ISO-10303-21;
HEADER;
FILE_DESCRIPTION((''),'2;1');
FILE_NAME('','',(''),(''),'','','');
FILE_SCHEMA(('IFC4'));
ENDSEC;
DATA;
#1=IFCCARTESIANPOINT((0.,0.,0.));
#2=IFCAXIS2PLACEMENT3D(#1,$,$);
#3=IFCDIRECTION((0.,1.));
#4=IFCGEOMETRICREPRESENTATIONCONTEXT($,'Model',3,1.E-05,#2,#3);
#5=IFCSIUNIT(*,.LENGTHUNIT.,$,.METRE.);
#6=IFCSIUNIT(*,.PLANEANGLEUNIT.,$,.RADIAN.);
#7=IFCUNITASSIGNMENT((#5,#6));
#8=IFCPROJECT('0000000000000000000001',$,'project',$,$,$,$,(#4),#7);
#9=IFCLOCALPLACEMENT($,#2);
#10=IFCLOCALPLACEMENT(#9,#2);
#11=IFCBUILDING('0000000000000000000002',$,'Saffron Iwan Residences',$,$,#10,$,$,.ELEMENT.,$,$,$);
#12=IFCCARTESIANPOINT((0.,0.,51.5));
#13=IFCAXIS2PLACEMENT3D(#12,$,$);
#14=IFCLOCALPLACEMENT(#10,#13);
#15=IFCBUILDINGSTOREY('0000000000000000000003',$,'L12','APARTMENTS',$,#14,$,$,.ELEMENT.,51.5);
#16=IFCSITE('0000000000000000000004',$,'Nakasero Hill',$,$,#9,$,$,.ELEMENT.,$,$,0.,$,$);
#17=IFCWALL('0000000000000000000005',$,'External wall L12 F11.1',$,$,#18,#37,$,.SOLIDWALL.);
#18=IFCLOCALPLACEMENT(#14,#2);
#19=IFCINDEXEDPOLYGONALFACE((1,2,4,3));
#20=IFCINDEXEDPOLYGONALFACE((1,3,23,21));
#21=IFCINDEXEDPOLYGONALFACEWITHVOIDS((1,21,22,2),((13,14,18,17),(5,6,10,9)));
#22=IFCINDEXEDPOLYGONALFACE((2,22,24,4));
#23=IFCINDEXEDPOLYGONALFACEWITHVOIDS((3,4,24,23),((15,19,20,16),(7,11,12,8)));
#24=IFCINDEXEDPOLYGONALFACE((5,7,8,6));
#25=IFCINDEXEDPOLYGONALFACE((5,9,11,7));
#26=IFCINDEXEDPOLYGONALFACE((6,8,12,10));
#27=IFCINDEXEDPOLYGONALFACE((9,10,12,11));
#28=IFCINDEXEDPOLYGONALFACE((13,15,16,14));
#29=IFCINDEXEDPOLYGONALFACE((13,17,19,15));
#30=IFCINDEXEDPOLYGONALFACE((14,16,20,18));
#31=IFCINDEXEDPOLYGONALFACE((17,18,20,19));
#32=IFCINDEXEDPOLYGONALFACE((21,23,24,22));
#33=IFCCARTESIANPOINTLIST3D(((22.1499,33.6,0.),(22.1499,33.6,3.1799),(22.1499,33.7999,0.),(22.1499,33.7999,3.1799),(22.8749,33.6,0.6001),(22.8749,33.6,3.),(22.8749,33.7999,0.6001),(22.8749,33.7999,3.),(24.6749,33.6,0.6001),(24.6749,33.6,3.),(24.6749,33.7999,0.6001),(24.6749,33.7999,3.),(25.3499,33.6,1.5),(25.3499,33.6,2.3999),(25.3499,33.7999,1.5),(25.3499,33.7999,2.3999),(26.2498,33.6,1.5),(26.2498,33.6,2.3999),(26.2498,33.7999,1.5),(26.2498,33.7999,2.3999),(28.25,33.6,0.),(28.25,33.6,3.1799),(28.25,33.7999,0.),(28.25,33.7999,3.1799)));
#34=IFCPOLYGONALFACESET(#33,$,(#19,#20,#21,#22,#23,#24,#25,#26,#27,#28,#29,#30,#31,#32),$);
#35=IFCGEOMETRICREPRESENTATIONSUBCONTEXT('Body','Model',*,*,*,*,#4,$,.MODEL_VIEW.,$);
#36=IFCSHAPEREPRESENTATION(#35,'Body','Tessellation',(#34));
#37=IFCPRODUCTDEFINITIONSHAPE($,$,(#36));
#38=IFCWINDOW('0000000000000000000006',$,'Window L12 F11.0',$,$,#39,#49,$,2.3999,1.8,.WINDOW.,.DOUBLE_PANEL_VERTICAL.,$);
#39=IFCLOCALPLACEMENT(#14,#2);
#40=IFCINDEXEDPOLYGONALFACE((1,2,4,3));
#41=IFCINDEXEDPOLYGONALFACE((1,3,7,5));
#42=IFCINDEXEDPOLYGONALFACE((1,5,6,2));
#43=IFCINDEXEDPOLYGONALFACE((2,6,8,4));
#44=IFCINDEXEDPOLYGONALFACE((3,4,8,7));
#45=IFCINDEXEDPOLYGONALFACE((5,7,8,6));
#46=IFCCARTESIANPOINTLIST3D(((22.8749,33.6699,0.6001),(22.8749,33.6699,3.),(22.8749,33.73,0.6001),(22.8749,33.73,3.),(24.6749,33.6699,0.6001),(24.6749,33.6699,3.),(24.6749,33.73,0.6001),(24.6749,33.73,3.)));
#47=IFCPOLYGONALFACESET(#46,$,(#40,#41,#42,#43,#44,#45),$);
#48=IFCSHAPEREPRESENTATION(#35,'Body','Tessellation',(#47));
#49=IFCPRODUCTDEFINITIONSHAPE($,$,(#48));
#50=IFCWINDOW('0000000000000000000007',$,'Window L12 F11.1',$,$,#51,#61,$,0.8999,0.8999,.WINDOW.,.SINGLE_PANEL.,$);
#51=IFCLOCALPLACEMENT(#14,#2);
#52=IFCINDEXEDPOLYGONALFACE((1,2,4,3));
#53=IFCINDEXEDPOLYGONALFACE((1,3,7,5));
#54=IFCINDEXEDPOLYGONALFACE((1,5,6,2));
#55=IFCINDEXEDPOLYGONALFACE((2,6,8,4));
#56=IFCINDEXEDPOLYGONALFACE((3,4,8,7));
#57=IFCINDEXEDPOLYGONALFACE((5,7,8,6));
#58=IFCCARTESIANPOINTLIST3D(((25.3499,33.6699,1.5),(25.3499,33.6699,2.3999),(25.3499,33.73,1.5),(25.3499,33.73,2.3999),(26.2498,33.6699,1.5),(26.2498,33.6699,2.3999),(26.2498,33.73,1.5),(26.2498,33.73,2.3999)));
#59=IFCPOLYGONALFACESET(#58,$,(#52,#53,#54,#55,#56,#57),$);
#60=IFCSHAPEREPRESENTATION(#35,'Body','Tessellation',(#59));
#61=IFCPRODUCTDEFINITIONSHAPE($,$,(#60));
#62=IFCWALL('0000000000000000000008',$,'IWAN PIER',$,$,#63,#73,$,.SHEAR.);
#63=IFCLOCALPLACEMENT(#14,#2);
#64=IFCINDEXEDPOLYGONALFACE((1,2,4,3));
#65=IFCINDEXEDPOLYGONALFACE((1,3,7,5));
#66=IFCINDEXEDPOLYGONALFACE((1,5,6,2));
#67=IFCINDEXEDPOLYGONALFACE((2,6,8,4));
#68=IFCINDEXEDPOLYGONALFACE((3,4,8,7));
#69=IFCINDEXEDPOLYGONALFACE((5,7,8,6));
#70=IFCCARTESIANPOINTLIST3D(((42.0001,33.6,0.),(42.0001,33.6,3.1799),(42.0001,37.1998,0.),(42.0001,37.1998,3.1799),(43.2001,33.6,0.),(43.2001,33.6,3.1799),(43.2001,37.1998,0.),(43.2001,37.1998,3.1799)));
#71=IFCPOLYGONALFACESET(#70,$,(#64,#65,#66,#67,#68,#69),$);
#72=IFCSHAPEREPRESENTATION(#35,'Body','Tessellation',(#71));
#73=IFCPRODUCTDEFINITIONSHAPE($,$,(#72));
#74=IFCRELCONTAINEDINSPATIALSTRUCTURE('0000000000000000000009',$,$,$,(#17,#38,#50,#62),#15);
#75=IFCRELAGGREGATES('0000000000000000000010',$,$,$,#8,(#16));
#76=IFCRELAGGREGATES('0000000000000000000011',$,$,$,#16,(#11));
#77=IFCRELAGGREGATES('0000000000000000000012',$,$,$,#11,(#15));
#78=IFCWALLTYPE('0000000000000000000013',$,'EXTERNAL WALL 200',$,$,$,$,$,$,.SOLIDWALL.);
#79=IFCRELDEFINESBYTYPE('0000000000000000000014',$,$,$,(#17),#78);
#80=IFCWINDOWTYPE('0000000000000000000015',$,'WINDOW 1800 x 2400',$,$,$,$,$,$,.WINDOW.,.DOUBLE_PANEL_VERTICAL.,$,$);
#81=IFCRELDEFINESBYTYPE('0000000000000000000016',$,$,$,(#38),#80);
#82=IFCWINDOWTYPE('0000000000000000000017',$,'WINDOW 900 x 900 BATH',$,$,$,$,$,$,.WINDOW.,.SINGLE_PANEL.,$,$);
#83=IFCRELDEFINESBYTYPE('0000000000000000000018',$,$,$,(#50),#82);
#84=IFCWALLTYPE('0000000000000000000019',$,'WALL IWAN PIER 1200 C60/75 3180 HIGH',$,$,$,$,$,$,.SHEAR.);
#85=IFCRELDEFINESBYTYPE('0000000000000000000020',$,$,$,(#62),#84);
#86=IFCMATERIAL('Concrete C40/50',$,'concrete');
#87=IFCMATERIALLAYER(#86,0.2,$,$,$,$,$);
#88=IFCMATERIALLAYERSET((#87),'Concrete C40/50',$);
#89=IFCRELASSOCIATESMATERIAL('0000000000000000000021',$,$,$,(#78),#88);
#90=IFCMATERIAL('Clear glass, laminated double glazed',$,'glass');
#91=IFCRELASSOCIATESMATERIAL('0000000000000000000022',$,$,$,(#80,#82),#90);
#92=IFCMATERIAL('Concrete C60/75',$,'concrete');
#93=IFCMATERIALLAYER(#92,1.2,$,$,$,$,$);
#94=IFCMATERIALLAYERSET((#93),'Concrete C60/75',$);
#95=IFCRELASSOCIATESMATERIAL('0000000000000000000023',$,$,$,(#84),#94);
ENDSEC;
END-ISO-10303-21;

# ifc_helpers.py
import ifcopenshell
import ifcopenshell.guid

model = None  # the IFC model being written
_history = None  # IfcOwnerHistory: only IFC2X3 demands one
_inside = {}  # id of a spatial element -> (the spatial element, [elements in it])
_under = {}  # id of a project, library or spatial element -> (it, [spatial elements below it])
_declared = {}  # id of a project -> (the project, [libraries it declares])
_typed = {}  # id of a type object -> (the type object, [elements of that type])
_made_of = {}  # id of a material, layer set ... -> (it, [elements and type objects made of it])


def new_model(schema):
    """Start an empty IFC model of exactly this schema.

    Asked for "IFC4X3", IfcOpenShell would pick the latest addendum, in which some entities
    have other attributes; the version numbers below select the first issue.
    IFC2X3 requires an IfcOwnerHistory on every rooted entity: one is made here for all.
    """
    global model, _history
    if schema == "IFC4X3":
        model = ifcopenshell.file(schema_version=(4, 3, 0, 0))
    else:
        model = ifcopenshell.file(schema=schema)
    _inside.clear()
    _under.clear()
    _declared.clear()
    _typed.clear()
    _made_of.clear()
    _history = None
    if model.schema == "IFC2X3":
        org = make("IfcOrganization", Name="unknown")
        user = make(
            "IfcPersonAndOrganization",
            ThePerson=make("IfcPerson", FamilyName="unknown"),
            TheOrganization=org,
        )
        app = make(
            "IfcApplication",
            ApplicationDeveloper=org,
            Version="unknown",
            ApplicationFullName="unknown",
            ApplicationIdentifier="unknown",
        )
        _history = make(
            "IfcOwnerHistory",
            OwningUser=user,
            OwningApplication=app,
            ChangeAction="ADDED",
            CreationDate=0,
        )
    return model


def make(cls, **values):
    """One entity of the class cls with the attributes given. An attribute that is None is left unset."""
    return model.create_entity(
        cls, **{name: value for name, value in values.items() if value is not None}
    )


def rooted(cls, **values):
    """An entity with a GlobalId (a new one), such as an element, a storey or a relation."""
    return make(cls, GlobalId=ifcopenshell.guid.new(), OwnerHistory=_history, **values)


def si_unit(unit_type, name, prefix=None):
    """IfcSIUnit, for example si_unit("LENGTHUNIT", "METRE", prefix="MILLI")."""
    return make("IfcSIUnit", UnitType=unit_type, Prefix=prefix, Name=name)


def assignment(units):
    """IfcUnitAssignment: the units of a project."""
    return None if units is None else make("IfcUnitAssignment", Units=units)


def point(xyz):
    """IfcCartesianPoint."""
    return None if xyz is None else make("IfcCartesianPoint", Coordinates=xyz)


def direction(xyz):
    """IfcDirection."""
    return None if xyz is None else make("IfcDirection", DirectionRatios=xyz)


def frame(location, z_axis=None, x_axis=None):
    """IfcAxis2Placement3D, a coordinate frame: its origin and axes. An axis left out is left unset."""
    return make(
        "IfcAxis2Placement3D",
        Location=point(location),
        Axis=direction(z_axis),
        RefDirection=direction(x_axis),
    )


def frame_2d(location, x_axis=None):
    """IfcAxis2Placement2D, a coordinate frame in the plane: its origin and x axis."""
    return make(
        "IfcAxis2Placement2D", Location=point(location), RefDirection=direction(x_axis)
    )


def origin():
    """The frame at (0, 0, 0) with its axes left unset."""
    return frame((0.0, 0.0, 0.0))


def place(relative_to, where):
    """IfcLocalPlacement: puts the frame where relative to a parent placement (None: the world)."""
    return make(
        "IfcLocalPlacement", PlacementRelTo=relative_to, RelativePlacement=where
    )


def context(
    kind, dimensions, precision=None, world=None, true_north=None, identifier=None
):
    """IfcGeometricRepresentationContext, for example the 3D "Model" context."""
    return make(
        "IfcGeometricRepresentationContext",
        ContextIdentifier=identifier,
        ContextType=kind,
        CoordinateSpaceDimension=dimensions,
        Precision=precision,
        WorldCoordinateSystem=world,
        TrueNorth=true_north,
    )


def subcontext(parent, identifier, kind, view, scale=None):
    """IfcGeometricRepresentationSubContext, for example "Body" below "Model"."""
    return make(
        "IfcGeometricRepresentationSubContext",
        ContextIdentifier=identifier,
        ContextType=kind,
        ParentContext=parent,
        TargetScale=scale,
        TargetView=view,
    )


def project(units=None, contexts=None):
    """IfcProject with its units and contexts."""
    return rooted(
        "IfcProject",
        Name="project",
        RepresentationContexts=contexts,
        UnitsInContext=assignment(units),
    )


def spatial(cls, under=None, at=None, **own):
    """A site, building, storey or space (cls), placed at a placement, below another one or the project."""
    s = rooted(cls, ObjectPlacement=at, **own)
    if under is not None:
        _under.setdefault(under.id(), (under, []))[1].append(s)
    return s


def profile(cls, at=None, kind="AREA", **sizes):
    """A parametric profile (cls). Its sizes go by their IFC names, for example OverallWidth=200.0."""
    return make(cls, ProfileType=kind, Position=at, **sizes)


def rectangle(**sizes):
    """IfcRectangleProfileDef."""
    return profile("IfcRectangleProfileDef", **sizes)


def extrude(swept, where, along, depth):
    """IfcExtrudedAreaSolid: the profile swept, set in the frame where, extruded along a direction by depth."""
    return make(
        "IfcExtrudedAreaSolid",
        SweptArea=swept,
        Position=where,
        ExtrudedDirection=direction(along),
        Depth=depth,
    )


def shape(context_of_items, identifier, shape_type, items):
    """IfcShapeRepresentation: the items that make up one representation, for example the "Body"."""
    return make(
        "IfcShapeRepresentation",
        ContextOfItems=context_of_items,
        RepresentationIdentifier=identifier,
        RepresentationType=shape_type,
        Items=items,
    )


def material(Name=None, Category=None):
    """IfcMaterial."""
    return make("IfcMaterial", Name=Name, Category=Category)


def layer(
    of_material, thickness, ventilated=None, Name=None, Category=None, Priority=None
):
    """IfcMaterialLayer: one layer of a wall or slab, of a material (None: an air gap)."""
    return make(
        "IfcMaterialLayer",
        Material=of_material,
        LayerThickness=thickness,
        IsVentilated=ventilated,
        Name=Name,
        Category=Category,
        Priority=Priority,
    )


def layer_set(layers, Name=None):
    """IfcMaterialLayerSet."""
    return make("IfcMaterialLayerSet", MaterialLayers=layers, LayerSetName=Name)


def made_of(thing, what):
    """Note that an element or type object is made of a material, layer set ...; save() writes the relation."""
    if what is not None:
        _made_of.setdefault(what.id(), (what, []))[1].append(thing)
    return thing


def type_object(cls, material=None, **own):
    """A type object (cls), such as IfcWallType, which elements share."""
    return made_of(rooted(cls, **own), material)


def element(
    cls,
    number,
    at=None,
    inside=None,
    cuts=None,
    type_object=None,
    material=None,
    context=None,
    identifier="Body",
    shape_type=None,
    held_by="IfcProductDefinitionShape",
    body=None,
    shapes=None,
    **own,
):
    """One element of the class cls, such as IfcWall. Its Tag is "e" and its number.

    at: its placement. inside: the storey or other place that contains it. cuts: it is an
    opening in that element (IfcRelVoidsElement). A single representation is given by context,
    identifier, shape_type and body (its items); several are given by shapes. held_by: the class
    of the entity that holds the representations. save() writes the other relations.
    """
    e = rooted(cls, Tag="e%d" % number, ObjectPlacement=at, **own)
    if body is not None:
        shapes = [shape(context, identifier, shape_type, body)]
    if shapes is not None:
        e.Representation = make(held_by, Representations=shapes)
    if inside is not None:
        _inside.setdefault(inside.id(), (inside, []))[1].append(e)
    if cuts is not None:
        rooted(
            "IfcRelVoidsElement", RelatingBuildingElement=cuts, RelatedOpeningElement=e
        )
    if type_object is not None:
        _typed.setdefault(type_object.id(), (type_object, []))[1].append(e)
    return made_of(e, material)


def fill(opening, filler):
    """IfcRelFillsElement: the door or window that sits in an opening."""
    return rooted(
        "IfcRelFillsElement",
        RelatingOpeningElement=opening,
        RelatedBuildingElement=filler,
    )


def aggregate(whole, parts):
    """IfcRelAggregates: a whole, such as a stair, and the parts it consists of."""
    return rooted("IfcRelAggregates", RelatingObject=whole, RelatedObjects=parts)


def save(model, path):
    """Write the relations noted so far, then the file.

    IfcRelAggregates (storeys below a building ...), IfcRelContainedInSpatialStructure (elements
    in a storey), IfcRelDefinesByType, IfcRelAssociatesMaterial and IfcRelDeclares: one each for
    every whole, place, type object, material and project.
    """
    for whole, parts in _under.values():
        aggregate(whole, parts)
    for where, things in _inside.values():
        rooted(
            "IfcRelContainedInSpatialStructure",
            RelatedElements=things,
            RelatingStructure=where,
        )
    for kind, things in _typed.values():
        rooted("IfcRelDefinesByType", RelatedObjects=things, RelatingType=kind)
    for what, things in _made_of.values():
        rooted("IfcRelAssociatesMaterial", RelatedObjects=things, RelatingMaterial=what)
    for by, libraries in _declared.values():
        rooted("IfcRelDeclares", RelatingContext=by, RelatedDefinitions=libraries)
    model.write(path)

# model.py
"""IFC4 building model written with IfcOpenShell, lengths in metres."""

from ifc_helpers import new_model, si_unit, direction, frame, frame_2d, origin, place, context, subcontext, project, spatial, rectangle, extrude, material, layer, layer_set, type_object, element, fill, save


model = new_model("IFC4")

# Units and contexts
model_context = context("Model", 3, precision=1e-05, world=origin(), true_north=direction((0.0, 1.0)))
body_context = subcontext(model_context, "Body", "Model", "MODEL_VIEW")
ifc_project = project(units=[si_unit("LENGTHUNIT", "METRE"), si_unit("PLANEANGLEUNIT", "RADIAN")], contexts=[model_context])

# Site, building, storey
site_placement = place(None, origin())
site = spatial("IfcSite", under=ifc_project, at=site_placement, Name="Nakasero Hill", CompositionType="ELEMENT", RefElevation=0.0)
building_placement = place(site_placement, origin())
building = spatial("IfcBuilding", under=site, at=building_placement, Name="Saffron Iwan Residences", CompositionType="ELEMENT")
storey_placement = place(building_placement, frame((0.0, 0.0, 51.5)))
storey = spatial("IfcBuildingStorey", under=building, at=storey_placement, Name="L12", Description="APARTMENTS", CompositionType="ELEMENT", Elevation=51.5)

# Shared definitions
ifc_material_1 = material(Name="Concrete C40/50", Category="concrete")
ifc_layer_1 = layer(ifc_material_1, 0.2)
ifc_layer_set_1 = layer_set([ifc_layer_1], Name="Concrete C40/50")
wall_type_1 = type_object("IfcWallType", Name="EXTERNAL WALL 200", PredefinedType="SOLIDWALL", material=ifc_layer_set_1)
ifc_material_2 = material(Name="Clear glass, laminated double glazed", Category="glass")
window_type_1 = type_object("IfcWindowType", Name="WINDOW 1800 x 2400", PartitioningType="DOUBLE_PANEL_VERTICAL", PredefinedType="WINDOW", material=ifc_material_2)

# Wall, openings, windows
wall_1_placement = place(storey_placement, frame((22.1499, 33.7, 0.0), z_axis=(0.0, 0.0, 1.0), x_axis=(1.0, 0.0, 0.0)))
wall_1 = element("IfcWall", 1, at=wall_1_placement, inside=storey, type_object=wall_type_1, Name="External wall L12 F11.1", PredefinedType="SOLIDWALL", context=body_context, shape_type="SweptSolid", body=[
    extrude(rectangle(XDim=6.1001, YDim=0.2, at=frame_2d((3.05, 0.0))), origin(), (0.0, 0.0, 1.0), 3.1799),
])
opening_1_placement = place(wall_1_placement, frame((0.7251, 0.0, 0.6001)))
opening_1 = element("IfcOpeningElement", 2, at=opening_1_placement, cuts=wall_1, PredefinedType="OPENING", context=body_context, shape_type="SweptSolid", body=[
    extrude(rectangle(XDim=1.8, YDim=2.3999, at=frame_2d((0.8999, 1.2))), frame((0.0, 0.1099, 0.0), z_axis=(0.0, -1.0, 0.0), x_axis=(1.0, 0.0, 0.0)), (0.0, 0.0, 1.0), 0.22),
])
opening_2_placement = place(wall_1_placement, frame((3.2, 0.0, 1.5)))
opening_2 = element("IfcOpeningElement", 3, at=opening_2_placement, cuts=wall_1, PredefinedType="OPENING", context=body_context, shape_type="SweptSolid", body=[
    extrude(rectangle(XDim=0.8999, YDim=0.8999, at=frame_2d((0.45, 0.45))), frame((0.0, 0.1099, 0.0), z_axis=(0.0, -1.0, 0.0), x_axis=(1.0, 0.0, 0.0)), (0.0, 0.0, 1.0), 0.22),
])
window_1_placement = place(opening_1_placement, origin())
window_1 = element("IfcWindow", 4, at=window_1_placement, inside=storey, type_object=window_type_1, Name="Window L12 F11.0", OverallHeight=2.3999, OverallWidth=1.8, PartitioningType="DOUBLE_PANEL_VERTICAL", PredefinedType="WINDOW", context=body_context, shape_type="SweptSolid", body=[
    extrude(rectangle(XDim=1.8, YDim=2.3999, at=frame_2d((0.8999, 1.2))), frame((0.0, 0.03, 0.0), z_axis=(0.0, -1.0, 0.0), x_axis=(1.0, 0.0, 0.0)), (0.0, 0.0, 1.0), 0.0601),
])
fill(opening_1, window_1)
window_type_2 = type_object("IfcWindowType", Name="WINDOW 900 x 900 BATH", PartitioningType="SINGLE_PANEL", PredefinedType="WINDOW", material=ifc_material_2)
window_2_placement = place(opening_2_placement, origin())
window_2 = element("IfcWindow", 5, at=window_2_placement, inside=storey, type_object=window_type_2, Name="Window L12 F11.1", OverallHeight=0.8999, OverallWidth=0.8999, PartitioningType="SINGLE_PANEL", PredefinedType="WINDOW", context=body_context, shape_type="SweptSolid", body=[
    extrude(rectangle(XDim=0.8999, YDim=0.8999, at=frame_2d((0.45, 0.45))), frame((0.0, 0.03, 0.0), z_axis=(0.0, -1.0, 0.0), x_axis=(1.0, 0.0, 0.0)), (0.0, 0.0, 1.0), 0.0601),
])
fill(opening_2, window_2)

# Wall
ifc_material_3 = material(Name="Concrete C60/75", Category="concrete")
ifc_layer_2 = layer(ifc_material_3, 1.2)
ifc_layer_set_2 = layer_set([ifc_layer_2], Name="Concrete C60/75")
wall_type_2 = type_object("IfcWallType", Name="WALL IWAN PIER 1200 C60/75 3180 HIGH", PredefinedType="SHEAR", material=ifc_layer_set_2)
wall_2_placement = place(storey_placement, frame((42.6001, 33.6001, 0.0), z_axis=(0.0, 0.0, 1.0), x_axis=(0.0, 1.0, 0.0)))
element("IfcWall", 6, at=wall_2_placement, inside=storey, type_object=wall_type_2, Name="IWAN PIER", PredefinedType="SHEAR", context=body_context, shape_type="SweptSolid", body=[
    extrude(rectangle(XDim=3.5999, YDim=1.2, at=frame_2d((1.7998, 0.0))), origin(), (0.0, 0.0, 1.0), 3.1799),
])

save(model, "model.ifc")
